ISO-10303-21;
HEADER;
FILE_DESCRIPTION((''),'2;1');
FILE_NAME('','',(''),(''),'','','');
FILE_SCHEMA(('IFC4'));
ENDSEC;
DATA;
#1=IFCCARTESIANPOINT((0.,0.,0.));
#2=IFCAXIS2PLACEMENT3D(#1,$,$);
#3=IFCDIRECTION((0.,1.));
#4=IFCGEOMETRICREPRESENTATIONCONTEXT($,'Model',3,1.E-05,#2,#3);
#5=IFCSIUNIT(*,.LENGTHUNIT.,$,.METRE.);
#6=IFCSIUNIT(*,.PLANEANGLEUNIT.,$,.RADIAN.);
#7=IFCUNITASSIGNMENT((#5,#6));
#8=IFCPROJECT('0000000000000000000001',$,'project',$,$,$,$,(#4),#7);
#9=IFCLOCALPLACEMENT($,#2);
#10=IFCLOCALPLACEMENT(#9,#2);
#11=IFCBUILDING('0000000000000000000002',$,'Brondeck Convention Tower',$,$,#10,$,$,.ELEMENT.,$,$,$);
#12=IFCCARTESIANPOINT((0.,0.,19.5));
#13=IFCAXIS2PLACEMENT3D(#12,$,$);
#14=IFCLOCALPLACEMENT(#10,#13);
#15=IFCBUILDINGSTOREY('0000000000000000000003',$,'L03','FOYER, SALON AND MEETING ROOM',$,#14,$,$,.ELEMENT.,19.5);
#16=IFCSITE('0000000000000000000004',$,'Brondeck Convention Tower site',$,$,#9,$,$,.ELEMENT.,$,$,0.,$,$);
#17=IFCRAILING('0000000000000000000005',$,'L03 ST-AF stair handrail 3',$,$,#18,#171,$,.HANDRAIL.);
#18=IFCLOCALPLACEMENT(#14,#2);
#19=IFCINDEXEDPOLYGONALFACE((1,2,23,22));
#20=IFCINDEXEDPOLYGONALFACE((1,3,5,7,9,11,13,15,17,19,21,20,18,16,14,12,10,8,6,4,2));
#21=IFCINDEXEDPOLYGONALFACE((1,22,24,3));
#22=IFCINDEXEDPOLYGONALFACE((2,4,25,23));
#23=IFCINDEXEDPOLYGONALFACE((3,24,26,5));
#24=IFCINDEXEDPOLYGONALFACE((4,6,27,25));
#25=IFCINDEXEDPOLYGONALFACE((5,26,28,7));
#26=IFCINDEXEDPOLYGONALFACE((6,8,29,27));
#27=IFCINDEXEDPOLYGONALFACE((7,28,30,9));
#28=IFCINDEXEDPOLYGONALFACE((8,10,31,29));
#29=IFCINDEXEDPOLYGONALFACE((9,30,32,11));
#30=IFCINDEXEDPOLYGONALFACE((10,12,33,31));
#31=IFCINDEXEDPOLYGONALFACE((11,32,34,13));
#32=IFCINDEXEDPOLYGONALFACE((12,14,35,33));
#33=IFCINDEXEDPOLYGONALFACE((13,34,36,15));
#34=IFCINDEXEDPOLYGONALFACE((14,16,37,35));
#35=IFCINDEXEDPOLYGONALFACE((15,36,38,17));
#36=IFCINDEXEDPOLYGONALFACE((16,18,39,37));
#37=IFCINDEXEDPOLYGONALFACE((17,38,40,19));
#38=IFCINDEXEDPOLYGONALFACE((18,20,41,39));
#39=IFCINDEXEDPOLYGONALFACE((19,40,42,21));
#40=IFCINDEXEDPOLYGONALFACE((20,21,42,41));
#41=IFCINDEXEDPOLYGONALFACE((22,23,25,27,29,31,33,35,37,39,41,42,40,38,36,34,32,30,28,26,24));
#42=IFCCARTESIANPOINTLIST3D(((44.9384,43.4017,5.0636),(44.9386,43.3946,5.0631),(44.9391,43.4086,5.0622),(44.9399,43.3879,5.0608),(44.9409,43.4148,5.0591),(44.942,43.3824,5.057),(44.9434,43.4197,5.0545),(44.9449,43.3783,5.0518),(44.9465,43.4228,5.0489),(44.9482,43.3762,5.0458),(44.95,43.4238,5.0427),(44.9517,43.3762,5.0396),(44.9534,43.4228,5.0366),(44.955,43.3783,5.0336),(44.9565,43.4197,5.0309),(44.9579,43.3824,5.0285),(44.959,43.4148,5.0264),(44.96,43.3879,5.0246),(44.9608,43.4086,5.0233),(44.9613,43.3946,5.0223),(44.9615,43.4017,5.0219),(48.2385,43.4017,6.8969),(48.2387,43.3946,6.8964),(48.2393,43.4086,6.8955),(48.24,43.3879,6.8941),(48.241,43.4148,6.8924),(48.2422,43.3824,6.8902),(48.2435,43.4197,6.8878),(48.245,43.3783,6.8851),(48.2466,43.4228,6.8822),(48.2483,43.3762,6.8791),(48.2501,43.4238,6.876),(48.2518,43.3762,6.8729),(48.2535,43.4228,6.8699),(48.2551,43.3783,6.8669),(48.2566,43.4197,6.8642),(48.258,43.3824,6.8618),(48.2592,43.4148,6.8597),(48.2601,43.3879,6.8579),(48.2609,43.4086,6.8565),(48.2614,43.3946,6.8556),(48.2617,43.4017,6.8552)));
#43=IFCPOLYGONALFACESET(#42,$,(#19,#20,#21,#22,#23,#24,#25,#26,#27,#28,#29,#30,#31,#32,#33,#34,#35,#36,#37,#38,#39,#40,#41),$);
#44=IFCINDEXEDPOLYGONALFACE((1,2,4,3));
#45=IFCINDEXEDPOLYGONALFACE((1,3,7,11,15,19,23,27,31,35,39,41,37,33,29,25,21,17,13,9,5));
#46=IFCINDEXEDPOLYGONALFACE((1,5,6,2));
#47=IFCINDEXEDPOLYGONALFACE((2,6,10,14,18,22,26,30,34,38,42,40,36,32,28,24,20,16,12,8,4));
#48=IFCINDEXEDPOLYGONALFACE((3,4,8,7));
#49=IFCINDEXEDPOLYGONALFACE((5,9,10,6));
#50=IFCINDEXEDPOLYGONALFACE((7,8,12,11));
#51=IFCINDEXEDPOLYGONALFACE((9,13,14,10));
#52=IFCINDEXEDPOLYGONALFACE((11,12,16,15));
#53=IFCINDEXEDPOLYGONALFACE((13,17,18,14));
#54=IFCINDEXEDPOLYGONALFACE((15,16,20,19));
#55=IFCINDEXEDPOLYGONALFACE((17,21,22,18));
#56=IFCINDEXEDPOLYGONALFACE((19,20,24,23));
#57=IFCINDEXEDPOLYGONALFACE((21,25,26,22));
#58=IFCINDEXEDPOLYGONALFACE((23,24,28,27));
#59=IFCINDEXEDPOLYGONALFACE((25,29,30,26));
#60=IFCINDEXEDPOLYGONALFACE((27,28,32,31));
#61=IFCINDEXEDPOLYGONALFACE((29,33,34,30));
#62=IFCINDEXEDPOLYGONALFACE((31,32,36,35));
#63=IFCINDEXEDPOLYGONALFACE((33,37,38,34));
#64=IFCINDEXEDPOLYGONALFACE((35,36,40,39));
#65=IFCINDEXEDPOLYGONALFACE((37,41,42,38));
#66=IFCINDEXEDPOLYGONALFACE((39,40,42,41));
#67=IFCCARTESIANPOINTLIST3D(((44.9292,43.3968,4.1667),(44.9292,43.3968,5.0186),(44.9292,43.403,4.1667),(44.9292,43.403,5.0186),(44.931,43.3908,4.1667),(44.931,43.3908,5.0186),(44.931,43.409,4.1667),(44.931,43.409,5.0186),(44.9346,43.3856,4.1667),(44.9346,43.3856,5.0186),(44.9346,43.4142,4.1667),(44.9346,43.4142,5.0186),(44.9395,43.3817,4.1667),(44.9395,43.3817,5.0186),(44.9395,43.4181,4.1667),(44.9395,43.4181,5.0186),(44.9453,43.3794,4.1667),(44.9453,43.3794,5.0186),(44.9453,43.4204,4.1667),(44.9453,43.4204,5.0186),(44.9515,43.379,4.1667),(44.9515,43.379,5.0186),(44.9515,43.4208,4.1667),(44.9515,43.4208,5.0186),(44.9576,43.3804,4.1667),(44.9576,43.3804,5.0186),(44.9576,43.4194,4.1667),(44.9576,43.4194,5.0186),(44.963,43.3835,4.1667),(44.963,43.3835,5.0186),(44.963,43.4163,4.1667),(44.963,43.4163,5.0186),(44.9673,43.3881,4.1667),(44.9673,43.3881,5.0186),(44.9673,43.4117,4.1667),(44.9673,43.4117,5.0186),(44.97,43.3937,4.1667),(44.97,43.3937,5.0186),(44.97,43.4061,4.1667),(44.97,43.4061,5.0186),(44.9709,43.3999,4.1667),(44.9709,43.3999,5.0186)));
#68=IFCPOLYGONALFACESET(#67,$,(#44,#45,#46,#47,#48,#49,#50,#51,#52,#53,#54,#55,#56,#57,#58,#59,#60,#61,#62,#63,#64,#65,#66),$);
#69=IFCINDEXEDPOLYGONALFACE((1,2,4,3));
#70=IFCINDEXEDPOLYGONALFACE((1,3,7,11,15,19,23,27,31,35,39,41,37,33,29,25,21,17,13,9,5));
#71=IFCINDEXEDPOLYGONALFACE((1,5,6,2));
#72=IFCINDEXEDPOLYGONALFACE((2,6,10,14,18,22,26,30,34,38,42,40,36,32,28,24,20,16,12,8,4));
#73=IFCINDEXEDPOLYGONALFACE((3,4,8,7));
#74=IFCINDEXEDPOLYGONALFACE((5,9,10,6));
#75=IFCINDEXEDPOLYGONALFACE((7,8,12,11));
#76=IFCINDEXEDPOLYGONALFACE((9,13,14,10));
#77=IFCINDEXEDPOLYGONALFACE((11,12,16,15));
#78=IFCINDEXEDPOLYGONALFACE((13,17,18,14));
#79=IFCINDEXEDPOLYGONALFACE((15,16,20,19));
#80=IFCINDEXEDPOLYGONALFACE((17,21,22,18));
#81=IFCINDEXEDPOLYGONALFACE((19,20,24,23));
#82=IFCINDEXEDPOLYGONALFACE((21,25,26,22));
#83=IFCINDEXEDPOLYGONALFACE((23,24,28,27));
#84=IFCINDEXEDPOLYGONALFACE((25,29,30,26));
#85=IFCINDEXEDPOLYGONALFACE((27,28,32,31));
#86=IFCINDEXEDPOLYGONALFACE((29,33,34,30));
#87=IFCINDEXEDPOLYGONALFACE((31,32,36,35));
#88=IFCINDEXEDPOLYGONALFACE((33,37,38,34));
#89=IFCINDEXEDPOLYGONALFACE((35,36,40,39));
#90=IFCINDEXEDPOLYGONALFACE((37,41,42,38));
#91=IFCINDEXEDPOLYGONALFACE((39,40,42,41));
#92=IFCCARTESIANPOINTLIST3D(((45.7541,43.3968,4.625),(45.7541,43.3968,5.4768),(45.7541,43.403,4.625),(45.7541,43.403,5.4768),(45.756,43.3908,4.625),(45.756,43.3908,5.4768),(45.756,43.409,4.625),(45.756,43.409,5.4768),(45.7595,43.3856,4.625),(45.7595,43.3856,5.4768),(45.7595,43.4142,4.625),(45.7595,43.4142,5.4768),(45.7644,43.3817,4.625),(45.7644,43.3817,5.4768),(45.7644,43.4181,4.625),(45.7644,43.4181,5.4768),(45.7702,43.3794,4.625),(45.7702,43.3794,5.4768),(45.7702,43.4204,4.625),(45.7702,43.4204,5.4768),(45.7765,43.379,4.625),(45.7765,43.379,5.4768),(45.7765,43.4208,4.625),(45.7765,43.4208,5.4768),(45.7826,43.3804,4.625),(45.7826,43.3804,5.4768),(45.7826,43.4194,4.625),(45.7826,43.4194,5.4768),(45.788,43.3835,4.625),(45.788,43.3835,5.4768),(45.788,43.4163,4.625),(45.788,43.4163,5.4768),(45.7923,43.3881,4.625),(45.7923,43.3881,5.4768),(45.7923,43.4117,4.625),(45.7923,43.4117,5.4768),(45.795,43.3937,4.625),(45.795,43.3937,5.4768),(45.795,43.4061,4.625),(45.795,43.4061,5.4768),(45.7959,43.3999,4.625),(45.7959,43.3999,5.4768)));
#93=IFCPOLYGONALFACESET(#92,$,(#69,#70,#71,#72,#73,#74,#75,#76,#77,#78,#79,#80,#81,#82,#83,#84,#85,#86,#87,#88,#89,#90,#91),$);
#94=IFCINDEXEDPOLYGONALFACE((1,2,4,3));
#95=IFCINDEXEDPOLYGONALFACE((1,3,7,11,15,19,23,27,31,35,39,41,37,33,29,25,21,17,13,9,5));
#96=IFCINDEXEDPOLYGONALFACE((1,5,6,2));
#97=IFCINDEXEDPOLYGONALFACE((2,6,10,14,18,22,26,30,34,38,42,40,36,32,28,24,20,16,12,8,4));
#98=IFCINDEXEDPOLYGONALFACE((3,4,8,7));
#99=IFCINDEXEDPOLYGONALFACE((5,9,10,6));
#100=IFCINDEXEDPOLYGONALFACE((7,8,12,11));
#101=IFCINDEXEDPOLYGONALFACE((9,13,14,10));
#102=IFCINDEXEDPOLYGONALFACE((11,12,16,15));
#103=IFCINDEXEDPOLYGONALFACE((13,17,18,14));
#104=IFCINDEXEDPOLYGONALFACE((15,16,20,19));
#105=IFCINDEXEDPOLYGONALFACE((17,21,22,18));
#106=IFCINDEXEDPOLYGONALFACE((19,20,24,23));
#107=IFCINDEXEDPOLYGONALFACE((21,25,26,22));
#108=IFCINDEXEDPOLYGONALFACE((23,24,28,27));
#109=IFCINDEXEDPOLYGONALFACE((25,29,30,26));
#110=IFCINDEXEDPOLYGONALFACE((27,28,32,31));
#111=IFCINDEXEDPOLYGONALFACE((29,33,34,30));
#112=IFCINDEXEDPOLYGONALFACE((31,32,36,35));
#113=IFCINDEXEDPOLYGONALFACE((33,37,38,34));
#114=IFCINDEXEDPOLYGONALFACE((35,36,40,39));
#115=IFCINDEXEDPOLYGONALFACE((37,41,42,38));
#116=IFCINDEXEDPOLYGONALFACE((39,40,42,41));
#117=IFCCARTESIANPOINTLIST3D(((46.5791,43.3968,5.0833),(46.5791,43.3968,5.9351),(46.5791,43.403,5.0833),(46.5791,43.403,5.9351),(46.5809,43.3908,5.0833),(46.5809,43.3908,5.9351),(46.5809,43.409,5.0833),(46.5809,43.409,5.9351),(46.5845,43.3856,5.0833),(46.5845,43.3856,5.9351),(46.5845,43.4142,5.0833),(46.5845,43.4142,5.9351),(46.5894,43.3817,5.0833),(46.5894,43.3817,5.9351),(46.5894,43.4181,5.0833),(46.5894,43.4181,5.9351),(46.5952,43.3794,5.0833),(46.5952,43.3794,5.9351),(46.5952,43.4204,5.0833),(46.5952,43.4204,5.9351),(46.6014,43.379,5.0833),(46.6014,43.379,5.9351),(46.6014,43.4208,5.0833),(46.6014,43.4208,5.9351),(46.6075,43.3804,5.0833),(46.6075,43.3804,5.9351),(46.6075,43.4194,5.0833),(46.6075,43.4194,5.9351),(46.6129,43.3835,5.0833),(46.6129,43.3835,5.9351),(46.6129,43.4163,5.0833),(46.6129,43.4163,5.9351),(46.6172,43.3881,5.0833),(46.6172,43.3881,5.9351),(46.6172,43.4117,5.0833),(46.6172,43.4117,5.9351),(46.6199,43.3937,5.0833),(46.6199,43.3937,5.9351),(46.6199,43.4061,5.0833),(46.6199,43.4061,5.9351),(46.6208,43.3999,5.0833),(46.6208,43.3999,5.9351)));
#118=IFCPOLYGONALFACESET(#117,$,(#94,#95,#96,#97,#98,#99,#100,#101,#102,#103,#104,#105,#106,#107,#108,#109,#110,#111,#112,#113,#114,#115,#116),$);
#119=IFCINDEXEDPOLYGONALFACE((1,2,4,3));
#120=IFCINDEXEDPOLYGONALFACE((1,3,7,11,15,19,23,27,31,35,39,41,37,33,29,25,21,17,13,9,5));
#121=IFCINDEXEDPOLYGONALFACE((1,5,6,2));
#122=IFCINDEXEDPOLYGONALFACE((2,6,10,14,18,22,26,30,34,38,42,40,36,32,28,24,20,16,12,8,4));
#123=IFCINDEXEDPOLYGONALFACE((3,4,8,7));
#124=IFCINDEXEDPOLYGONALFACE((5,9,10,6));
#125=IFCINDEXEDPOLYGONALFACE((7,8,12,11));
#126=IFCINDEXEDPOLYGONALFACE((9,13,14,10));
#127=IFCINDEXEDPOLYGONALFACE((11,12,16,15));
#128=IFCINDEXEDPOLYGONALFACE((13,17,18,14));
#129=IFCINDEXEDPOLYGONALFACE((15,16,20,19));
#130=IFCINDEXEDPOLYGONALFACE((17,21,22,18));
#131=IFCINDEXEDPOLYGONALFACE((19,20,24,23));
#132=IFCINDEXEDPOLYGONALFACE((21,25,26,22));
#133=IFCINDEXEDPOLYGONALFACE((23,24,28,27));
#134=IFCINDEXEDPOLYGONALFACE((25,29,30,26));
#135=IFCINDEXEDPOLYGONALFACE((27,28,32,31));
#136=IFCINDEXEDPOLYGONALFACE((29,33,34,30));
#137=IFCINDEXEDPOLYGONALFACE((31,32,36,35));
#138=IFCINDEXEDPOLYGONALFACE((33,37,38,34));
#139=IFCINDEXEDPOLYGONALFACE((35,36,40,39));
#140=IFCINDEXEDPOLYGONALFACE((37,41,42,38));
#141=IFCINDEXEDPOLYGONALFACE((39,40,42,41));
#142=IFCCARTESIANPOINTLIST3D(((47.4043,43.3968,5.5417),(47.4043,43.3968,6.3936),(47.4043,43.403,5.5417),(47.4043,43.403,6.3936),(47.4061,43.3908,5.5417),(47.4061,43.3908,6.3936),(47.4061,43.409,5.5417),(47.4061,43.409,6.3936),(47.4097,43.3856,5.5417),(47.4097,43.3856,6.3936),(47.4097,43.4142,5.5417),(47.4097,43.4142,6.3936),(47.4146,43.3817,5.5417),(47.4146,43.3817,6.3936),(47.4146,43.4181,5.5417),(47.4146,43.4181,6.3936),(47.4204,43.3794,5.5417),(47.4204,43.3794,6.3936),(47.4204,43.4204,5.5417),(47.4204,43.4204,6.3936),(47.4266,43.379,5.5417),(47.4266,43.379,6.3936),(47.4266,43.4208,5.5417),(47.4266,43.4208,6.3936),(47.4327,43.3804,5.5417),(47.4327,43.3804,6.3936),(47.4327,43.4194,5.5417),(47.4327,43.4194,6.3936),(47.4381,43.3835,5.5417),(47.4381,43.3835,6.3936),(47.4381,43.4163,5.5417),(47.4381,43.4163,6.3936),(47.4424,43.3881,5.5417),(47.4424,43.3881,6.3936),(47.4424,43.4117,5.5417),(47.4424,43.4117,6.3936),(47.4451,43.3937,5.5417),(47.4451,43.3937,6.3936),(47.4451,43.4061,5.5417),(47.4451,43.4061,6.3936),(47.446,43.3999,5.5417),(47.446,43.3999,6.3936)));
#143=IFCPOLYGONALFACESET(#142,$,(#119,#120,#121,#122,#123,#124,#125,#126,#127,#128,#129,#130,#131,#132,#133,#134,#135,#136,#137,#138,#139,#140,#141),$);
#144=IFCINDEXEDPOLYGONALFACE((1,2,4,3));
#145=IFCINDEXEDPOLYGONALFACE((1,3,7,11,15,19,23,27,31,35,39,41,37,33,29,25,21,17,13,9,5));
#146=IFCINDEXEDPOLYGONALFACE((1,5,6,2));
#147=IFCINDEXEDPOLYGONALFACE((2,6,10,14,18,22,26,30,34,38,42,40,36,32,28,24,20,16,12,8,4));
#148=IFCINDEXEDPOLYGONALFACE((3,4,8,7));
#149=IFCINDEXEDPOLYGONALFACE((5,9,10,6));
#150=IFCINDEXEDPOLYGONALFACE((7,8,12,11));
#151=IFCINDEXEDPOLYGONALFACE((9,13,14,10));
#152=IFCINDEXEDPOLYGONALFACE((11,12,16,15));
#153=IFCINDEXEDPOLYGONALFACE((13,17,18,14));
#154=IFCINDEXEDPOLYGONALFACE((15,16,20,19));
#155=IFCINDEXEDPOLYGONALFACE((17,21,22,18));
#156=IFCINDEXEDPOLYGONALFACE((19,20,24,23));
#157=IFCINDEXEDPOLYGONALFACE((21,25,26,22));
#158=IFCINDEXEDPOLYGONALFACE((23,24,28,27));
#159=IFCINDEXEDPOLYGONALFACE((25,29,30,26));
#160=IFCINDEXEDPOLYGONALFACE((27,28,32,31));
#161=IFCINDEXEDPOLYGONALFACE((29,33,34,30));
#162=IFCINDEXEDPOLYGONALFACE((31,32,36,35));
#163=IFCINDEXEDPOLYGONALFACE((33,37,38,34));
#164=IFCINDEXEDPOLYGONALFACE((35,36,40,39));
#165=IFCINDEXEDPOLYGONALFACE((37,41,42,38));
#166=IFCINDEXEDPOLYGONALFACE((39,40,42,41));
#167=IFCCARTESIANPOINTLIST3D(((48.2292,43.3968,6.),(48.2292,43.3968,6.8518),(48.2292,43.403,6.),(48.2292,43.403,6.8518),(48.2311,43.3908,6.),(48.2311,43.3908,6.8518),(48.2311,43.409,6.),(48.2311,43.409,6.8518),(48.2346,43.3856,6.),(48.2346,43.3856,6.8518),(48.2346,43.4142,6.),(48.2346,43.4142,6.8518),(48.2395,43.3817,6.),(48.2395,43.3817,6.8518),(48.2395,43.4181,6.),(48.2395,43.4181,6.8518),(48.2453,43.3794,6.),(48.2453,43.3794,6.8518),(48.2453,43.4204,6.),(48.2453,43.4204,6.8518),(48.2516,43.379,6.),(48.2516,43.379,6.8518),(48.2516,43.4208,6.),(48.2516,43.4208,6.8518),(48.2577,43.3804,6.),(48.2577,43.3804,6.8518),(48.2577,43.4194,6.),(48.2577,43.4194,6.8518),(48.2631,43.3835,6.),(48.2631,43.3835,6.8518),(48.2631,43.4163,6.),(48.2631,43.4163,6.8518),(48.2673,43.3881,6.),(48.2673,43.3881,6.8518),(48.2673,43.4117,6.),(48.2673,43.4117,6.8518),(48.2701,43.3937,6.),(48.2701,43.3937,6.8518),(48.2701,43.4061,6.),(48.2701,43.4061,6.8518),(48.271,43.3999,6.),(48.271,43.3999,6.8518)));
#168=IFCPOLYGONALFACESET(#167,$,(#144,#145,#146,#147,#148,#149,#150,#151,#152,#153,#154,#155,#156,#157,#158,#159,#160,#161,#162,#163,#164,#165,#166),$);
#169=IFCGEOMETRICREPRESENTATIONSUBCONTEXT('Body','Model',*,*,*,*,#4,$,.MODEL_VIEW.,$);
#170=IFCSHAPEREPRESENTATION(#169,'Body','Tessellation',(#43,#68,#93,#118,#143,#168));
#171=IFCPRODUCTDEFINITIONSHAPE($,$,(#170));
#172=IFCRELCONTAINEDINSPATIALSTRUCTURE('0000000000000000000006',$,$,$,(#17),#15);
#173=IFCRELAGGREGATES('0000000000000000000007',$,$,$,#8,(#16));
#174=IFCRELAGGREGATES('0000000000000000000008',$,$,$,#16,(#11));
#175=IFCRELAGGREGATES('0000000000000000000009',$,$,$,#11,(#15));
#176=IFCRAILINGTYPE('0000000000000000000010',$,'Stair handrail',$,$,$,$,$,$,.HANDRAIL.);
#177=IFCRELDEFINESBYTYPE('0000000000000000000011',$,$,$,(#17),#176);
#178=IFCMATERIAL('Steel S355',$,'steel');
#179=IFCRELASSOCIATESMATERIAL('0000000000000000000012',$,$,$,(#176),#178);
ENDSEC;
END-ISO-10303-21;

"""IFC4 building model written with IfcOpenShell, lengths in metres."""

from ifc_helpers import new_model, si_unit, direction, frame, origin, origin_2d, place, context, subcontext, project, spatial, circle, extrude, material, type_object, element, save


model = new_model("IFC4")

# Units and contexts
model_context = context("Model", 3, precision=1e-05, world=origin(), true_north=direction((0.0, 1.0)))
body_context = subcontext(model_context, "Body", "Model", "MODEL_VIEW")
ifc_project = project(units=[si_unit("LENGTHUNIT", "METRE"), si_unit("PLANEANGLEUNIT", "RADIAN")], contexts=[model_context])

# Site, building, storey
site_placement = place(None, origin())
site = spatial("IfcSite", under=ifc_project, at=site_placement, Name="Brondeck Convention Tower site", CompositionType="ELEMENT", RefElevation=0.0)
building_placement = place(site_placement, origin())
building = spatial("IfcBuilding", under=site, at=building_placement, Name="Brondeck Convention Tower", CompositionType="ELEMENT")
storey_placement = place(building_placement, frame((0.0, 0.0, 19.5)))
storey = spatial("IfcBuildingStorey", under=building, at=storey_placement, Name="L03", Description="FOYER, SALON AND MEETING ROOM", CompositionType="ELEMENT", Elevation=19.5)

# Shared definitions
ifc_material_1 = material(Name="Steel S355", Category="steel")

# Railing
railing_type_1 = type_object("IfcRailingType", Name="Stair handrail", PredefinedType="HANDRAIL", material=ifc_material_1)
for number, where, name in (
    (1, (44.95, 43.3999, 4.1667), "L03 ST-AF stair handrail 3"),
):
    element("IfcRailing", number, at=place(storey_placement, frame(where)), inside=storey, type_object=railing_type_1, Name=name, PredefinedType="HANDRAIL", context=body_context, shape_type="SweptSolid", body=[
        extrude(circle(Radius=0.0239, at=origin_2d()), frame((0.0, 0.0, 0.876), z_axis=(0.874169, 0.0, 0.485621), x_axis=(0.0, 1.0, 0.0)), (0.0, 0.0, 1.0), 3.7751),
        extrude(circle(Radius=0.021, at=origin_2d()), origin(), (0.0, 0.0, 1.0), 0.8518),
        extrude(circle(Radius=0.021, at=origin_2d()), frame((0.825, 0.0, 0.4583)), (0.0, 0.0, 1.0), 0.8518),
        extrude(circle(Radius=0.021, at=origin_2d()), frame((1.6499, 0.0, 0.9165)), (0.0, 0.0, 1.0), 0.8518),
        extrude(circle(Radius=0.021, at=origin_2d()), frame((2.4751, 0.0, 1.375)), (0.0, 0.0, 1.0), 0.8518),
        extrude(circle(Radius=0.021, at=origin_2d()), frame((3.3, 0.0, 1.8333)), (0.0, 0.0, 1.0), 0.8518),
    ])

save(model, "model.ifc")
